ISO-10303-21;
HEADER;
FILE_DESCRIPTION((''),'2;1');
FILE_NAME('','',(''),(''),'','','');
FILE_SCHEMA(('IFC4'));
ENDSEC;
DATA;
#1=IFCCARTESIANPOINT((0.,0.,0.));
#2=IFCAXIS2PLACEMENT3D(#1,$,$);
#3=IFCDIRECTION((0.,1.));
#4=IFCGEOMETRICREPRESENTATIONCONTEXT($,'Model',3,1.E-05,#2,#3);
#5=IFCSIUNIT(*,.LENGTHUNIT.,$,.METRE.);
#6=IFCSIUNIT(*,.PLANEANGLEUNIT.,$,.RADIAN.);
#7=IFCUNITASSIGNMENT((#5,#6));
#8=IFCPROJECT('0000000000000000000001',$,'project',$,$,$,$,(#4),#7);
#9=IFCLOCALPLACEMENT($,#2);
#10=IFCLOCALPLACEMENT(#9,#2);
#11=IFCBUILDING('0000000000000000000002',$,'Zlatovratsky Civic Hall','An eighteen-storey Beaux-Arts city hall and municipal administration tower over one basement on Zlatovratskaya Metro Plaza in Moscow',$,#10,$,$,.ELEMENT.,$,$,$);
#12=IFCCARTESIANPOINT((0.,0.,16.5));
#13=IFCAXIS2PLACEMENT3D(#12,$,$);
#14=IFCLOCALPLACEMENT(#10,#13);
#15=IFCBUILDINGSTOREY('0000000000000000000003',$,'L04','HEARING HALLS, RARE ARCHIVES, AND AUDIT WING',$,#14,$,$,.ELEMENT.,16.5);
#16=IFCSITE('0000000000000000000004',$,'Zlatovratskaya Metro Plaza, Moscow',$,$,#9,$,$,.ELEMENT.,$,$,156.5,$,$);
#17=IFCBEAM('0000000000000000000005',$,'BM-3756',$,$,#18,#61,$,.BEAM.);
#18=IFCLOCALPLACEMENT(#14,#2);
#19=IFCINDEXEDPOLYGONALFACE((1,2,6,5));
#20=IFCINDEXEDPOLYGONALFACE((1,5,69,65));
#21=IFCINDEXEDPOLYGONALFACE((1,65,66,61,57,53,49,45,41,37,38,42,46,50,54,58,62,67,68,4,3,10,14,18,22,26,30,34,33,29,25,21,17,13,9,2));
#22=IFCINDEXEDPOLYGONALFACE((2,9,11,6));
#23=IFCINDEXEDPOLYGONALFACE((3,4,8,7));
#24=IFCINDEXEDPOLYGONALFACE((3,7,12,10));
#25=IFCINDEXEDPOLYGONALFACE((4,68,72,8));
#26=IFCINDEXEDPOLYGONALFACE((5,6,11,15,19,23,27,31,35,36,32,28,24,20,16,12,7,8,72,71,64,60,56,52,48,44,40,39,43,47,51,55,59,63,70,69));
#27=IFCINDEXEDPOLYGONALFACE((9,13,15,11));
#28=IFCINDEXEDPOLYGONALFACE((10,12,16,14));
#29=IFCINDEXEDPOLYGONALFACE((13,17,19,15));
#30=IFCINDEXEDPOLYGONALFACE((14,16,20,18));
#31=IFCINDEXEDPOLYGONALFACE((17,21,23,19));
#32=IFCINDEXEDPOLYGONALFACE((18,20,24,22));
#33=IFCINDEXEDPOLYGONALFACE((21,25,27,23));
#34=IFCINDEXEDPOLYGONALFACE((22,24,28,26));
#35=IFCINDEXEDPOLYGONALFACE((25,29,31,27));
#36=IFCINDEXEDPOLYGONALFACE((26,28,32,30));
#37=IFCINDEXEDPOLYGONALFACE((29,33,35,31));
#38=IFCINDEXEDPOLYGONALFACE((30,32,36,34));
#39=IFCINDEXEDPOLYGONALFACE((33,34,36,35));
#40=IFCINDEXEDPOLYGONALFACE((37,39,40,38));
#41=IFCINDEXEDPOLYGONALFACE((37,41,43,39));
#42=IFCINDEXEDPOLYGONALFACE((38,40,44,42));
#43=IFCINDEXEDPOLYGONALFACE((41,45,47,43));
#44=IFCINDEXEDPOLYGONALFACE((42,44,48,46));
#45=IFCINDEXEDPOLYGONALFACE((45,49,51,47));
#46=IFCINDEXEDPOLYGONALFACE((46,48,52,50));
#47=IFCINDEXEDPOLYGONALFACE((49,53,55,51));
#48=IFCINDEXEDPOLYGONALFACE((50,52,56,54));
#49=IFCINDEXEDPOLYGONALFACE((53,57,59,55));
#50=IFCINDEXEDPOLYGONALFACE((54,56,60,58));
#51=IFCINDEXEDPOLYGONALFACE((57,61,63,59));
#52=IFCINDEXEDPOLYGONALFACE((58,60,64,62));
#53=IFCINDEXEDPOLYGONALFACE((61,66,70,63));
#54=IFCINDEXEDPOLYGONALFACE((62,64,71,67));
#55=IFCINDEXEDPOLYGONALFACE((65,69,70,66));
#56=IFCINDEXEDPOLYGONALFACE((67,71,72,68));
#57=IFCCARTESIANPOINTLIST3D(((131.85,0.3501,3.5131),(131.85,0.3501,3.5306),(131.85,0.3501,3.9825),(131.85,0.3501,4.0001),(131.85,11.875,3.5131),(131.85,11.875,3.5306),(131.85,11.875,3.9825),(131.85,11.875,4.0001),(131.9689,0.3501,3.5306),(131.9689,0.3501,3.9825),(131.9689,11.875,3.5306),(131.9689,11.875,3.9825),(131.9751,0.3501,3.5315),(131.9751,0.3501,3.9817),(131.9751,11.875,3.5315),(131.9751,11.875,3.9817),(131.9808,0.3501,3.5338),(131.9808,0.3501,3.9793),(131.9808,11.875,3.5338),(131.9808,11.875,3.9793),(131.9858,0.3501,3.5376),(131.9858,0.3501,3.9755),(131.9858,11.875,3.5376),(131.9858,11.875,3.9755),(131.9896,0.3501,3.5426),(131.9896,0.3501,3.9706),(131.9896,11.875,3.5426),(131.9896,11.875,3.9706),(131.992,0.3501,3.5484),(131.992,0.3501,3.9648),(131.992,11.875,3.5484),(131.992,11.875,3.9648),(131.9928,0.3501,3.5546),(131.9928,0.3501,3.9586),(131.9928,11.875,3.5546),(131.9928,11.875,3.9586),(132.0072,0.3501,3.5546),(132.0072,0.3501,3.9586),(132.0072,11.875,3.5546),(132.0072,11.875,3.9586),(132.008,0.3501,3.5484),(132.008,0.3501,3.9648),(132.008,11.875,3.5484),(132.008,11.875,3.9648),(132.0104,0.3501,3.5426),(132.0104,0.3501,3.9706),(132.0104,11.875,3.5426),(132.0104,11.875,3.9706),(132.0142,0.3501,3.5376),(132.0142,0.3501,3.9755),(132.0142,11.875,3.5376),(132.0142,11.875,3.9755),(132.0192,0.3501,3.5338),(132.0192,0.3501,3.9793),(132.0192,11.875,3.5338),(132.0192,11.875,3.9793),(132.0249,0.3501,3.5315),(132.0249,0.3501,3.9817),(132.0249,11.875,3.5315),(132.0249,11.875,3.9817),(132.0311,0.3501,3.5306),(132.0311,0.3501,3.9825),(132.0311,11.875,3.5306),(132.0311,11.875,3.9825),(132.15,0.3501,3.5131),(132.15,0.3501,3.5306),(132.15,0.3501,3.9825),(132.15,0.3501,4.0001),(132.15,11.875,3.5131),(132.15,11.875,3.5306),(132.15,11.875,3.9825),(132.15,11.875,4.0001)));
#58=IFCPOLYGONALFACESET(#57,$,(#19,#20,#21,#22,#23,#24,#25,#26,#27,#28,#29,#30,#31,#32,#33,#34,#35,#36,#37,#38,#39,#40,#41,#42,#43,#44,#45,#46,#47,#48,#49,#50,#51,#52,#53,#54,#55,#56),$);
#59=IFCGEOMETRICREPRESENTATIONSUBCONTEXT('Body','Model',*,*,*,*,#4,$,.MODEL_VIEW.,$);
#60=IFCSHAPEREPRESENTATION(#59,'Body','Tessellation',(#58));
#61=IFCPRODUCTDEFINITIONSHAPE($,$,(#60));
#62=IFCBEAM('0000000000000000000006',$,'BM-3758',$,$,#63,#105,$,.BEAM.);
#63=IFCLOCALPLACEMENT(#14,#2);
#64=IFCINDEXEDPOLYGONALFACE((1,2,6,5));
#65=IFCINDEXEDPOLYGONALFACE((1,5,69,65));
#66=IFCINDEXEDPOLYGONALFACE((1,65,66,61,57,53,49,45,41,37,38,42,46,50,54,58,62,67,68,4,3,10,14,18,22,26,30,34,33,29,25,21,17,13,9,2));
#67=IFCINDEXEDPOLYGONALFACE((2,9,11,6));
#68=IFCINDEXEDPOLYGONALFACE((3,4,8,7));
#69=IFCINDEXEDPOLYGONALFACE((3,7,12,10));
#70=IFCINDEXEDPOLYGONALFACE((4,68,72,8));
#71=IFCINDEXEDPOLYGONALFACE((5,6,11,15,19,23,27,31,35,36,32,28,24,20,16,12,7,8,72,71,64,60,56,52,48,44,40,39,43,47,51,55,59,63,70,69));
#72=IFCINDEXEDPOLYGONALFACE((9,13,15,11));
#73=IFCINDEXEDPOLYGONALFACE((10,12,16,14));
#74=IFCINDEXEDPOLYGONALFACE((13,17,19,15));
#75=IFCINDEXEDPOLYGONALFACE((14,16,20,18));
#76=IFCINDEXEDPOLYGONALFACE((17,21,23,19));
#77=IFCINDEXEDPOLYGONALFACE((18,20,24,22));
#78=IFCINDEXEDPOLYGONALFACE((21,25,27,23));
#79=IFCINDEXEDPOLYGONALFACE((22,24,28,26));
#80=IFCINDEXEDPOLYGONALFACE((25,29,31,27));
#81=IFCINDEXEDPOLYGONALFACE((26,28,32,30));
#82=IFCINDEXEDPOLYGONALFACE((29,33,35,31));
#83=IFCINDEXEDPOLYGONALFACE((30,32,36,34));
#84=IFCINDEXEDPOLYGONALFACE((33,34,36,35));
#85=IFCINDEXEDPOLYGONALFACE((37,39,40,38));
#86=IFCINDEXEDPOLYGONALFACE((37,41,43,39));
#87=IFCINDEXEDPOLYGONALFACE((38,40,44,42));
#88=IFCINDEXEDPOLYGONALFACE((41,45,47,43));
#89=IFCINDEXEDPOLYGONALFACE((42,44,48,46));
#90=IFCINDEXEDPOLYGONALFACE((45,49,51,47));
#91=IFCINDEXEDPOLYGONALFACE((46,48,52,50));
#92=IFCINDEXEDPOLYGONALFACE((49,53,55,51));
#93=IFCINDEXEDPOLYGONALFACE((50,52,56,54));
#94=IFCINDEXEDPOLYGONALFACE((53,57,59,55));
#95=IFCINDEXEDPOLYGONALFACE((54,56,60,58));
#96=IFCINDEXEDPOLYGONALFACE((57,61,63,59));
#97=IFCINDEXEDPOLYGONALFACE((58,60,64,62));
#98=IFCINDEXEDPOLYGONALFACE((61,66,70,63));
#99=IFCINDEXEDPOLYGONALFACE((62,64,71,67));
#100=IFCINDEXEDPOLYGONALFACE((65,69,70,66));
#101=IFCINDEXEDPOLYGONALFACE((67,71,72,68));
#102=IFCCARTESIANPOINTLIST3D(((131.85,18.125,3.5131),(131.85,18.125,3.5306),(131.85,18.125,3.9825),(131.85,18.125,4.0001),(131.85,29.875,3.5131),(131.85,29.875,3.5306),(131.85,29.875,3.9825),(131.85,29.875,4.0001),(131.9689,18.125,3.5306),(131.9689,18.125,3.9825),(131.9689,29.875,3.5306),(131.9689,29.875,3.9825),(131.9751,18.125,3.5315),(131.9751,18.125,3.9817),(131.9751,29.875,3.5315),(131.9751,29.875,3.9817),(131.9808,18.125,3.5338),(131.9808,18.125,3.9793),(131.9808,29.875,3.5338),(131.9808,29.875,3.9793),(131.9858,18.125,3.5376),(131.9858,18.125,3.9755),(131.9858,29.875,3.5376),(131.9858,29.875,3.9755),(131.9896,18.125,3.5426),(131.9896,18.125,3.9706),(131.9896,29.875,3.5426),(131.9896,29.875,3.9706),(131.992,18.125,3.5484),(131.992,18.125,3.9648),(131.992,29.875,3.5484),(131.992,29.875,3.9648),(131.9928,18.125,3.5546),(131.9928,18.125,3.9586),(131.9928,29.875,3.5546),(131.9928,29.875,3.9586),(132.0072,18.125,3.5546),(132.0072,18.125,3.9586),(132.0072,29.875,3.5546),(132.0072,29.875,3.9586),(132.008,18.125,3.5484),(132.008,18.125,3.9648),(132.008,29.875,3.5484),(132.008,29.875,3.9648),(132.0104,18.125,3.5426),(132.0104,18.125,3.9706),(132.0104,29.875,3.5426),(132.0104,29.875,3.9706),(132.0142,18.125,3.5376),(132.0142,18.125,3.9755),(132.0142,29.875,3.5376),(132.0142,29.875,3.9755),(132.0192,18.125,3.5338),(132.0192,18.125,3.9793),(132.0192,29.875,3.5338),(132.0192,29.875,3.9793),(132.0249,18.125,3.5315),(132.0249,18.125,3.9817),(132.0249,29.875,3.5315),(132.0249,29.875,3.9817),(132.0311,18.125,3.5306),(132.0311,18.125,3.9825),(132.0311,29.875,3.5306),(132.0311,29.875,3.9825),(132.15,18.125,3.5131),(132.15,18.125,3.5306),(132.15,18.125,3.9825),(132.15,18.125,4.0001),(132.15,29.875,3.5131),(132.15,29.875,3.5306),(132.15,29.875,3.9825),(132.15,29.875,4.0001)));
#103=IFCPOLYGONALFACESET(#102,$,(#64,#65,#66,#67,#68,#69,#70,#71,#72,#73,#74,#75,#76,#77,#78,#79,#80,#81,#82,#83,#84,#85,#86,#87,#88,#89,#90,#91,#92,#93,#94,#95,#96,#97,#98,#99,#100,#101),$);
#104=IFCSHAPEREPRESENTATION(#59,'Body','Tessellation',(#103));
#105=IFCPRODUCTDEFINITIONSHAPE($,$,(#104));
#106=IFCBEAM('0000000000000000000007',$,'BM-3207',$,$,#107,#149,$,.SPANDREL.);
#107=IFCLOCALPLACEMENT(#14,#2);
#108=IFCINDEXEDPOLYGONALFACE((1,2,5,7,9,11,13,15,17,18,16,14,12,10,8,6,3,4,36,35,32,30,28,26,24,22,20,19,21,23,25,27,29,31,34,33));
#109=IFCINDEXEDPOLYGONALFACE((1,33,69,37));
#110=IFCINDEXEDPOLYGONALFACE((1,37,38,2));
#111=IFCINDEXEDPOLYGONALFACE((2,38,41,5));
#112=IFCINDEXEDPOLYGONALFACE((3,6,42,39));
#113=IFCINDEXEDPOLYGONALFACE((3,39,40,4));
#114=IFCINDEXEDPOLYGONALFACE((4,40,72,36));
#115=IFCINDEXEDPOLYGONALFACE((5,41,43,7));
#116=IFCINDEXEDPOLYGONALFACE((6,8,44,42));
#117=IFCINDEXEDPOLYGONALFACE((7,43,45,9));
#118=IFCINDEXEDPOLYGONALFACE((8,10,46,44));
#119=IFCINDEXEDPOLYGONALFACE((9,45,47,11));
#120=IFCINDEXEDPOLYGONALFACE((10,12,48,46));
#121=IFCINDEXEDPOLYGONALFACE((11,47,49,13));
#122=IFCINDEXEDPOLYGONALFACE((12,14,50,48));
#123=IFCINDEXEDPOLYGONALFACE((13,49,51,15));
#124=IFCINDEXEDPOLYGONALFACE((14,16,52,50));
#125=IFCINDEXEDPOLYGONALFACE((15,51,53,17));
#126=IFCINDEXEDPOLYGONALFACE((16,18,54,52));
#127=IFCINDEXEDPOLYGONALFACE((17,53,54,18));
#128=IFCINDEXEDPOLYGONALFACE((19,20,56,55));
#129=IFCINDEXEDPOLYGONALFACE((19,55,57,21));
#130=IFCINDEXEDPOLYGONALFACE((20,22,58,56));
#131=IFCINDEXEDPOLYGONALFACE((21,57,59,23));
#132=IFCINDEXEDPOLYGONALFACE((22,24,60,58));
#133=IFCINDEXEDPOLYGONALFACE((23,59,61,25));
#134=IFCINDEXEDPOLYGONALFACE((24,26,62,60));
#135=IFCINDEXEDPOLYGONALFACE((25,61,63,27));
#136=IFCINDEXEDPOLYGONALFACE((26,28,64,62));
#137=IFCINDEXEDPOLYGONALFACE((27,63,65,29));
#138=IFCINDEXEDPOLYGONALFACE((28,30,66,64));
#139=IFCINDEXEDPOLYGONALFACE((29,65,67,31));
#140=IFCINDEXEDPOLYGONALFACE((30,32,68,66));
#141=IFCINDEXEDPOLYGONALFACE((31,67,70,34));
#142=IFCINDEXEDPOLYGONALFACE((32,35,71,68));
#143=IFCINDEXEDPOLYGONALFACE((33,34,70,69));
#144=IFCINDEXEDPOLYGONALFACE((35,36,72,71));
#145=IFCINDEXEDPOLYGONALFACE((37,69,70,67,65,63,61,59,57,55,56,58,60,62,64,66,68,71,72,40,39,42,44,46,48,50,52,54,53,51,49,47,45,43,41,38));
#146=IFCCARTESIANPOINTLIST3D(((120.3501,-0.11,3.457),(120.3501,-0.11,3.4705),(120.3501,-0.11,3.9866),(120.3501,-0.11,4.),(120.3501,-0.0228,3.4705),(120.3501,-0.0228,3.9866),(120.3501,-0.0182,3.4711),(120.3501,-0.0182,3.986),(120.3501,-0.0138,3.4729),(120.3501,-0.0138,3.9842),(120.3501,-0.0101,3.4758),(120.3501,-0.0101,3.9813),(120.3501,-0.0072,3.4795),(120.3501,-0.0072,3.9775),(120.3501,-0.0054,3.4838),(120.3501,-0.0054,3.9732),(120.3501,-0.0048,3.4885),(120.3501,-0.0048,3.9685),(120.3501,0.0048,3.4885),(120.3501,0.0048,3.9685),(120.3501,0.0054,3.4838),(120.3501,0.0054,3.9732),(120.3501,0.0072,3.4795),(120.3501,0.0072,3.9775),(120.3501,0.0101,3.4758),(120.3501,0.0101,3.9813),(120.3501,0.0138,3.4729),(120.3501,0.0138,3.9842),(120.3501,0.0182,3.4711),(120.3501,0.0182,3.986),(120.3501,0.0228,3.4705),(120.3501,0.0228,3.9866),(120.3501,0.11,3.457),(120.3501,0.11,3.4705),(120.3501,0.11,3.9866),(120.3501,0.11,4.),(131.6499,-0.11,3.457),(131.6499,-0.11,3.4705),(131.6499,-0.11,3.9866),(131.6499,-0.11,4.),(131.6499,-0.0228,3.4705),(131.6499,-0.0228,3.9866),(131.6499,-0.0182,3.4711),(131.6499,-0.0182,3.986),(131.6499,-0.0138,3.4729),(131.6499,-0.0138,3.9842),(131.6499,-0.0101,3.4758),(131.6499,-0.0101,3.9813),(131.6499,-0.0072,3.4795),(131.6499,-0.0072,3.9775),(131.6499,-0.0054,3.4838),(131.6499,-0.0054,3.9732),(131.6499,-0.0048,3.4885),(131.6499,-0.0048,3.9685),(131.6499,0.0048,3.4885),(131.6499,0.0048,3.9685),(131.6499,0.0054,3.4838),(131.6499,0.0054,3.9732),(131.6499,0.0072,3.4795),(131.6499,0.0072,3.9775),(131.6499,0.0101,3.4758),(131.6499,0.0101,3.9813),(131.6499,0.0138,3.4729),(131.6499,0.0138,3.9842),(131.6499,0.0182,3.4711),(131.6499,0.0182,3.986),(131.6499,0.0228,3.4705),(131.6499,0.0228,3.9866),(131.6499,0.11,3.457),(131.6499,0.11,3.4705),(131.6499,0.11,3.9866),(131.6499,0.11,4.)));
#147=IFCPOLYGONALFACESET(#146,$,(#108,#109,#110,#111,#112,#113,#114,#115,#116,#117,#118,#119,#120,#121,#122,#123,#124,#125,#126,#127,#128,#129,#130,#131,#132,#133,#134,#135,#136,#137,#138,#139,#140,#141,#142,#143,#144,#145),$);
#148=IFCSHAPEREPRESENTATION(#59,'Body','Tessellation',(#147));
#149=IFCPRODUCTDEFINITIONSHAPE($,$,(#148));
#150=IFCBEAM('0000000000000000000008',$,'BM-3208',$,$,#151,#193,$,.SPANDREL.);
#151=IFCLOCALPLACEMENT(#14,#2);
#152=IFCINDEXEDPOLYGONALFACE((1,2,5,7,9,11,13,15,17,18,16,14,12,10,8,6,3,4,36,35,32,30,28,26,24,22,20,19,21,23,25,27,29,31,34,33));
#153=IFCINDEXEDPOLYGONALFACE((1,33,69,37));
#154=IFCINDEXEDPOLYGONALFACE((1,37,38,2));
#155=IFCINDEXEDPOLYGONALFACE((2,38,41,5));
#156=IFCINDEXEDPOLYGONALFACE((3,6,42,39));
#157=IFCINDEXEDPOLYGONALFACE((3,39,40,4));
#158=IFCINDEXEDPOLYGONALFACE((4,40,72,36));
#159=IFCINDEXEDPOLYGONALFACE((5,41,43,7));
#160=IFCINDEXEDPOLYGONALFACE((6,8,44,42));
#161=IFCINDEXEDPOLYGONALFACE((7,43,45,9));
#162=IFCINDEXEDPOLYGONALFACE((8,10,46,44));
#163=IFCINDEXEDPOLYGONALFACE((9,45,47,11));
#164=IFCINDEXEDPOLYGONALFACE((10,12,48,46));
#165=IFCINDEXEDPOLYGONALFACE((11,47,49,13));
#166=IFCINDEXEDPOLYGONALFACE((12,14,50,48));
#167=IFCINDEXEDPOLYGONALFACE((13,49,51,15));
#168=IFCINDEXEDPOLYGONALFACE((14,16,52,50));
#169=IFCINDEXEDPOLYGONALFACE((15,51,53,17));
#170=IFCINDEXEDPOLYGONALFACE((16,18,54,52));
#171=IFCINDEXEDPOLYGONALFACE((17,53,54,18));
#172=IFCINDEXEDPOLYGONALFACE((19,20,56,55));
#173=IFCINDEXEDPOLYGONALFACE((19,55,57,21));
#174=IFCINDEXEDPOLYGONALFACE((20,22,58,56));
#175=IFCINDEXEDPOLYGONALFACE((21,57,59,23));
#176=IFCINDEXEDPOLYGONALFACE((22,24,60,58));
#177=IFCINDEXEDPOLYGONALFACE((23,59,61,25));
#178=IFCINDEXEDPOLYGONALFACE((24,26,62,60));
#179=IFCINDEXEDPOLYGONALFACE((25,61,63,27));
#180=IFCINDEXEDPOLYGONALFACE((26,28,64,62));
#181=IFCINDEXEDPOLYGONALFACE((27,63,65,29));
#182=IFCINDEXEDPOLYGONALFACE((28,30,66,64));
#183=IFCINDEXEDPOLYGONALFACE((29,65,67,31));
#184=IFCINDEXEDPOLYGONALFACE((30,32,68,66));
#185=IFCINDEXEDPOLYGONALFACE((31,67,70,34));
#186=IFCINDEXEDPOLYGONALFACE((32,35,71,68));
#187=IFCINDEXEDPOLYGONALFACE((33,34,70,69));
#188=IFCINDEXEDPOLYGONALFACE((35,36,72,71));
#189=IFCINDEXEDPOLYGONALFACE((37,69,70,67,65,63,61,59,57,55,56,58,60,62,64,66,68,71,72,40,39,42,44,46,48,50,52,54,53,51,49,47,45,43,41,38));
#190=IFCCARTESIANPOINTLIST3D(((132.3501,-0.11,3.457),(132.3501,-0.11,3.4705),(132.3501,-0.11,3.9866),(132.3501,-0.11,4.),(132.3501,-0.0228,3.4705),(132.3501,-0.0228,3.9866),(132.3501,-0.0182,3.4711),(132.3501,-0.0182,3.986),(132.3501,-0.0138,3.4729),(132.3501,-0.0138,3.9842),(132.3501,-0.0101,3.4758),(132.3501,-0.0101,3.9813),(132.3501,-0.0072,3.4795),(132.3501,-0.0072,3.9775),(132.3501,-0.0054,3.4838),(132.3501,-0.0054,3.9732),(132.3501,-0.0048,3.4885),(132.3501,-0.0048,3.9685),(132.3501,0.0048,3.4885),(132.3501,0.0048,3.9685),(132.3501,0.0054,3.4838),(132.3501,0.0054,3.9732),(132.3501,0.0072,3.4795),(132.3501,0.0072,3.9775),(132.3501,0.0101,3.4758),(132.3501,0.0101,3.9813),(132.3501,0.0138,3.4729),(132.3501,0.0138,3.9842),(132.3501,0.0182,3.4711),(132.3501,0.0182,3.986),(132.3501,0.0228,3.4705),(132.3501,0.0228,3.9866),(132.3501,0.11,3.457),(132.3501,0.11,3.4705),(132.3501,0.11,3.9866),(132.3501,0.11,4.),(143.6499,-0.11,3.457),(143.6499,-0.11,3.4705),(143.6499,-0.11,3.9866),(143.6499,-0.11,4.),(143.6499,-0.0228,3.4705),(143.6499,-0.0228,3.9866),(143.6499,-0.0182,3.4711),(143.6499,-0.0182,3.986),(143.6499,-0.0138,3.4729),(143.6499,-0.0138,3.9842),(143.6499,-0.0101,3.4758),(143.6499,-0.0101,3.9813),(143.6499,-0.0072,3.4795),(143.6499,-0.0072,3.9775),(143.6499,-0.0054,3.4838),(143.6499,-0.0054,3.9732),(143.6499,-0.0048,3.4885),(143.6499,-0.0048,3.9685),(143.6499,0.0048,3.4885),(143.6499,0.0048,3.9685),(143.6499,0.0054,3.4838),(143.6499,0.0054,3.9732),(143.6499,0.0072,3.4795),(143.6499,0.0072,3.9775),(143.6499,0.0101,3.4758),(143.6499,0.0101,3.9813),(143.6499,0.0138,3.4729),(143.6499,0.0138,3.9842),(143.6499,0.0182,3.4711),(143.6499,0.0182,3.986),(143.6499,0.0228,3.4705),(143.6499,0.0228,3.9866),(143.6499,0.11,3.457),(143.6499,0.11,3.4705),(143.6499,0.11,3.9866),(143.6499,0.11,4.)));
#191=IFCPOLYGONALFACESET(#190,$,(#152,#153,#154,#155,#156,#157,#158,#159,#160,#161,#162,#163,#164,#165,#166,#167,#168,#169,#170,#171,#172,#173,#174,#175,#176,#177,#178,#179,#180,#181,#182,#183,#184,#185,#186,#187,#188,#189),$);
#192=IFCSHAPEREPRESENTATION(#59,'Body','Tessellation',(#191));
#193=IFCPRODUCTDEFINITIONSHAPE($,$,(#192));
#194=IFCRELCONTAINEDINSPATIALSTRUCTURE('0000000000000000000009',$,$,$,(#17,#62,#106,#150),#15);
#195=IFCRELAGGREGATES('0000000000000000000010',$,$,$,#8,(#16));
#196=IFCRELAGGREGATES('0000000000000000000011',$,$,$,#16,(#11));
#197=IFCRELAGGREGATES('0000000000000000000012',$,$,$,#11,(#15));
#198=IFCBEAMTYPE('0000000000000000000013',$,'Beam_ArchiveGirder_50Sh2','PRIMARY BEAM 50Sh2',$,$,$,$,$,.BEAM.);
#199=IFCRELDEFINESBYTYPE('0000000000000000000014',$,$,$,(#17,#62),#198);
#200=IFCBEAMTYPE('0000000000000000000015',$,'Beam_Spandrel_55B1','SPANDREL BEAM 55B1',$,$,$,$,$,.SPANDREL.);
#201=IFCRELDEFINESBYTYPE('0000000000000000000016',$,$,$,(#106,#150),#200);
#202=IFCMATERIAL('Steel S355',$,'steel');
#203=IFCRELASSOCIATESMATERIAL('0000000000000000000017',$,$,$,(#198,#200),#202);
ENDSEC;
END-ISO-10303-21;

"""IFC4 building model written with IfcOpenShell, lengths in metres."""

from ifc_helpers import new_model, si_unit, direction, frame, origin, origin_2d, place, context, subcontext, project, spatial, i_section, extrude, material, material_profile, profile_set, type_object, element, save


model = new_model("IFC4")

# Units and contexts
model_context = context("Model", 3, precision=1e-05, world=origin(), true_north=direction((0.0, 1.0)))
body_context = subcontext(model_context, "Body", "Model", "MODEL_VIEW")
ifc_project = project(units=[si_unit("LENGTHUNIT", "METRE"), si_unit("PLANEANGLEUNIT", "RADIAN")], contexts=[model_context])

# Site, building, storey
site_placement = place(None, origin())
site = spatial("IfcSite", under=ifc_project, at=site_placement, Name="Zlatovratskaya Metro Plaza, Moscow", CompositionType="ELEMENT", RefElevation=156.5)
building_placement = place(site_placement, origin())
building = spatial("IfcBuilding", under=site, at=building_placement, Name="Zlatovratsky Civic Hall", Description="An eighteen-storey Beaux-Arts city hall and municipal administration tower over one basement on Zlatovratskaya Metro Plaza in Moscow", CompositionType="ELEMENT")
storey_placement = place(building_placement, frame((0.0, 0.0, 16.5)))
storey = spatial("IfcBuildingStorey", under=building, at=storey_placement, Name="L04", Description="HEARING HALLS, RARE ARCHIVES, AND AUDIT WING", CompositionType="ELEMENT", Elevation=16.5)

# Shared definitions
ifc_material_1 = material(Name="Steel S355", Category="steel")

# Beams
ifc_material_profile_1 = material_profile(ifc_material_1, i_section(OverallWidth=0.3, OverallDepth=0.4871, WebThickness=0.0144, FlangeThickness=0.0176, FilletRadius=0.0239, at=origin_2d()), Name="50Sh2")
ifc_profile_set_1 = profile_set([ifc_material_profile_1], Name="Steel S355")
beam_type_1 = type_object("IfcBeamType", Name="Beam_ArchiveGirder_50Sh2", Description="PRIMARY BEAM 50Sh2", PredefinedType="BEAM", material=ifc_profile_set_1)
beam_1_placement = place(storey_placement, frame((132.0, 0.3501, 3.7566), z_axis=(0.0, 1.0, 0.0), x_axis=(-1.0, 0.0, 0.0)))
element("IfcBeam", 1, at=beam_1_placement, inside=storey, type_object=beam_type_1, Name="BM-3756", PredefinedType="BEAM", context=body_context, shape_type="SweptSolid", body=[
    extrude(i_section(OverallWidth=0.3, OverallDepth=0.4871, WebThickness=0.0144, FlangeThickness=0.0176, FilletRadius=0.0239, at=origin_2d()), origin(), (0.0, 0.0, 1.0), 11.5249),
])
beam_2_placement = place(storey_placement, frame((132.0, 18.125, 3.7566), z_axis=(0.0, 1.0, 0.0), x_axis=(-1.0, 0.0, 0.0)))
element("IfcBeam", 2, at=beam_2_placement, inside=storey, type_object=beam_type_1, Name="BM-3758", PredefinedType="BEAM", context=body_context, shape_type="SweptSolid", body=[
    extrude(i_section(OverallWidth=0.3, OverallDepth=0.4871, WebThickness=0.0144, FlangeThickness=0.0176, FilletRadius=0.0239, at=origin_2d()), origin(), (0.0, 0.0, 1.0), 11.75),
])
ifc_material_profile_2 = material_profile(ifc_material_1, i_section(OverallWidth=0.22, OverallDepth=0.543, WebThickness=0.0095, FlangeThickness=0.0134, FilletRadius=0.0181, at=origin_2d()), Name="55B1")
ifc_profile_set_2 = profile_set([ifc_material_profile_2], Name="Steel S355")
beam_type_2 = type_object("IfcBeamType", Name="Beam_Spandrel_55B1", Description="SPANDREL BEAM 55B1", PredefinedType="SPANDREL", material=ifc_profile_set_2)
for number, where, z_axis, x_axis, name in (
    (3, (120.3501, 0.0, 3.7285), (1.0, 0.0, 0.0), (0.0, 1.0, 0.0), "BM-3207"),
    (4, (132.3501, 0.0, 3.7285), (1.0, 0.0, 0.0), (0.0, 1.0, 0.0), "BM-3208"),
):
    element("IfcBeam", number, at=place(storey_placement, frame(where, z_axis=z_axis, x_axis=x_axis)), inside=storey, type_object=beam_type_2, Name=name, PredefinedType="SPANDREL", context=body_context, shape_type="SweptSolid", body=[
        extrude(i_section(OverallWidth=0.22, OverallDepth=0.543, WebThickness=0.0095, FlangeThickness=0.0134, FilletRadius=0.0181, at=origin_2d()), origin(), (0.0, 0.0, 1.0), 11.2998),
    ])

save(model, "model.ifc")
